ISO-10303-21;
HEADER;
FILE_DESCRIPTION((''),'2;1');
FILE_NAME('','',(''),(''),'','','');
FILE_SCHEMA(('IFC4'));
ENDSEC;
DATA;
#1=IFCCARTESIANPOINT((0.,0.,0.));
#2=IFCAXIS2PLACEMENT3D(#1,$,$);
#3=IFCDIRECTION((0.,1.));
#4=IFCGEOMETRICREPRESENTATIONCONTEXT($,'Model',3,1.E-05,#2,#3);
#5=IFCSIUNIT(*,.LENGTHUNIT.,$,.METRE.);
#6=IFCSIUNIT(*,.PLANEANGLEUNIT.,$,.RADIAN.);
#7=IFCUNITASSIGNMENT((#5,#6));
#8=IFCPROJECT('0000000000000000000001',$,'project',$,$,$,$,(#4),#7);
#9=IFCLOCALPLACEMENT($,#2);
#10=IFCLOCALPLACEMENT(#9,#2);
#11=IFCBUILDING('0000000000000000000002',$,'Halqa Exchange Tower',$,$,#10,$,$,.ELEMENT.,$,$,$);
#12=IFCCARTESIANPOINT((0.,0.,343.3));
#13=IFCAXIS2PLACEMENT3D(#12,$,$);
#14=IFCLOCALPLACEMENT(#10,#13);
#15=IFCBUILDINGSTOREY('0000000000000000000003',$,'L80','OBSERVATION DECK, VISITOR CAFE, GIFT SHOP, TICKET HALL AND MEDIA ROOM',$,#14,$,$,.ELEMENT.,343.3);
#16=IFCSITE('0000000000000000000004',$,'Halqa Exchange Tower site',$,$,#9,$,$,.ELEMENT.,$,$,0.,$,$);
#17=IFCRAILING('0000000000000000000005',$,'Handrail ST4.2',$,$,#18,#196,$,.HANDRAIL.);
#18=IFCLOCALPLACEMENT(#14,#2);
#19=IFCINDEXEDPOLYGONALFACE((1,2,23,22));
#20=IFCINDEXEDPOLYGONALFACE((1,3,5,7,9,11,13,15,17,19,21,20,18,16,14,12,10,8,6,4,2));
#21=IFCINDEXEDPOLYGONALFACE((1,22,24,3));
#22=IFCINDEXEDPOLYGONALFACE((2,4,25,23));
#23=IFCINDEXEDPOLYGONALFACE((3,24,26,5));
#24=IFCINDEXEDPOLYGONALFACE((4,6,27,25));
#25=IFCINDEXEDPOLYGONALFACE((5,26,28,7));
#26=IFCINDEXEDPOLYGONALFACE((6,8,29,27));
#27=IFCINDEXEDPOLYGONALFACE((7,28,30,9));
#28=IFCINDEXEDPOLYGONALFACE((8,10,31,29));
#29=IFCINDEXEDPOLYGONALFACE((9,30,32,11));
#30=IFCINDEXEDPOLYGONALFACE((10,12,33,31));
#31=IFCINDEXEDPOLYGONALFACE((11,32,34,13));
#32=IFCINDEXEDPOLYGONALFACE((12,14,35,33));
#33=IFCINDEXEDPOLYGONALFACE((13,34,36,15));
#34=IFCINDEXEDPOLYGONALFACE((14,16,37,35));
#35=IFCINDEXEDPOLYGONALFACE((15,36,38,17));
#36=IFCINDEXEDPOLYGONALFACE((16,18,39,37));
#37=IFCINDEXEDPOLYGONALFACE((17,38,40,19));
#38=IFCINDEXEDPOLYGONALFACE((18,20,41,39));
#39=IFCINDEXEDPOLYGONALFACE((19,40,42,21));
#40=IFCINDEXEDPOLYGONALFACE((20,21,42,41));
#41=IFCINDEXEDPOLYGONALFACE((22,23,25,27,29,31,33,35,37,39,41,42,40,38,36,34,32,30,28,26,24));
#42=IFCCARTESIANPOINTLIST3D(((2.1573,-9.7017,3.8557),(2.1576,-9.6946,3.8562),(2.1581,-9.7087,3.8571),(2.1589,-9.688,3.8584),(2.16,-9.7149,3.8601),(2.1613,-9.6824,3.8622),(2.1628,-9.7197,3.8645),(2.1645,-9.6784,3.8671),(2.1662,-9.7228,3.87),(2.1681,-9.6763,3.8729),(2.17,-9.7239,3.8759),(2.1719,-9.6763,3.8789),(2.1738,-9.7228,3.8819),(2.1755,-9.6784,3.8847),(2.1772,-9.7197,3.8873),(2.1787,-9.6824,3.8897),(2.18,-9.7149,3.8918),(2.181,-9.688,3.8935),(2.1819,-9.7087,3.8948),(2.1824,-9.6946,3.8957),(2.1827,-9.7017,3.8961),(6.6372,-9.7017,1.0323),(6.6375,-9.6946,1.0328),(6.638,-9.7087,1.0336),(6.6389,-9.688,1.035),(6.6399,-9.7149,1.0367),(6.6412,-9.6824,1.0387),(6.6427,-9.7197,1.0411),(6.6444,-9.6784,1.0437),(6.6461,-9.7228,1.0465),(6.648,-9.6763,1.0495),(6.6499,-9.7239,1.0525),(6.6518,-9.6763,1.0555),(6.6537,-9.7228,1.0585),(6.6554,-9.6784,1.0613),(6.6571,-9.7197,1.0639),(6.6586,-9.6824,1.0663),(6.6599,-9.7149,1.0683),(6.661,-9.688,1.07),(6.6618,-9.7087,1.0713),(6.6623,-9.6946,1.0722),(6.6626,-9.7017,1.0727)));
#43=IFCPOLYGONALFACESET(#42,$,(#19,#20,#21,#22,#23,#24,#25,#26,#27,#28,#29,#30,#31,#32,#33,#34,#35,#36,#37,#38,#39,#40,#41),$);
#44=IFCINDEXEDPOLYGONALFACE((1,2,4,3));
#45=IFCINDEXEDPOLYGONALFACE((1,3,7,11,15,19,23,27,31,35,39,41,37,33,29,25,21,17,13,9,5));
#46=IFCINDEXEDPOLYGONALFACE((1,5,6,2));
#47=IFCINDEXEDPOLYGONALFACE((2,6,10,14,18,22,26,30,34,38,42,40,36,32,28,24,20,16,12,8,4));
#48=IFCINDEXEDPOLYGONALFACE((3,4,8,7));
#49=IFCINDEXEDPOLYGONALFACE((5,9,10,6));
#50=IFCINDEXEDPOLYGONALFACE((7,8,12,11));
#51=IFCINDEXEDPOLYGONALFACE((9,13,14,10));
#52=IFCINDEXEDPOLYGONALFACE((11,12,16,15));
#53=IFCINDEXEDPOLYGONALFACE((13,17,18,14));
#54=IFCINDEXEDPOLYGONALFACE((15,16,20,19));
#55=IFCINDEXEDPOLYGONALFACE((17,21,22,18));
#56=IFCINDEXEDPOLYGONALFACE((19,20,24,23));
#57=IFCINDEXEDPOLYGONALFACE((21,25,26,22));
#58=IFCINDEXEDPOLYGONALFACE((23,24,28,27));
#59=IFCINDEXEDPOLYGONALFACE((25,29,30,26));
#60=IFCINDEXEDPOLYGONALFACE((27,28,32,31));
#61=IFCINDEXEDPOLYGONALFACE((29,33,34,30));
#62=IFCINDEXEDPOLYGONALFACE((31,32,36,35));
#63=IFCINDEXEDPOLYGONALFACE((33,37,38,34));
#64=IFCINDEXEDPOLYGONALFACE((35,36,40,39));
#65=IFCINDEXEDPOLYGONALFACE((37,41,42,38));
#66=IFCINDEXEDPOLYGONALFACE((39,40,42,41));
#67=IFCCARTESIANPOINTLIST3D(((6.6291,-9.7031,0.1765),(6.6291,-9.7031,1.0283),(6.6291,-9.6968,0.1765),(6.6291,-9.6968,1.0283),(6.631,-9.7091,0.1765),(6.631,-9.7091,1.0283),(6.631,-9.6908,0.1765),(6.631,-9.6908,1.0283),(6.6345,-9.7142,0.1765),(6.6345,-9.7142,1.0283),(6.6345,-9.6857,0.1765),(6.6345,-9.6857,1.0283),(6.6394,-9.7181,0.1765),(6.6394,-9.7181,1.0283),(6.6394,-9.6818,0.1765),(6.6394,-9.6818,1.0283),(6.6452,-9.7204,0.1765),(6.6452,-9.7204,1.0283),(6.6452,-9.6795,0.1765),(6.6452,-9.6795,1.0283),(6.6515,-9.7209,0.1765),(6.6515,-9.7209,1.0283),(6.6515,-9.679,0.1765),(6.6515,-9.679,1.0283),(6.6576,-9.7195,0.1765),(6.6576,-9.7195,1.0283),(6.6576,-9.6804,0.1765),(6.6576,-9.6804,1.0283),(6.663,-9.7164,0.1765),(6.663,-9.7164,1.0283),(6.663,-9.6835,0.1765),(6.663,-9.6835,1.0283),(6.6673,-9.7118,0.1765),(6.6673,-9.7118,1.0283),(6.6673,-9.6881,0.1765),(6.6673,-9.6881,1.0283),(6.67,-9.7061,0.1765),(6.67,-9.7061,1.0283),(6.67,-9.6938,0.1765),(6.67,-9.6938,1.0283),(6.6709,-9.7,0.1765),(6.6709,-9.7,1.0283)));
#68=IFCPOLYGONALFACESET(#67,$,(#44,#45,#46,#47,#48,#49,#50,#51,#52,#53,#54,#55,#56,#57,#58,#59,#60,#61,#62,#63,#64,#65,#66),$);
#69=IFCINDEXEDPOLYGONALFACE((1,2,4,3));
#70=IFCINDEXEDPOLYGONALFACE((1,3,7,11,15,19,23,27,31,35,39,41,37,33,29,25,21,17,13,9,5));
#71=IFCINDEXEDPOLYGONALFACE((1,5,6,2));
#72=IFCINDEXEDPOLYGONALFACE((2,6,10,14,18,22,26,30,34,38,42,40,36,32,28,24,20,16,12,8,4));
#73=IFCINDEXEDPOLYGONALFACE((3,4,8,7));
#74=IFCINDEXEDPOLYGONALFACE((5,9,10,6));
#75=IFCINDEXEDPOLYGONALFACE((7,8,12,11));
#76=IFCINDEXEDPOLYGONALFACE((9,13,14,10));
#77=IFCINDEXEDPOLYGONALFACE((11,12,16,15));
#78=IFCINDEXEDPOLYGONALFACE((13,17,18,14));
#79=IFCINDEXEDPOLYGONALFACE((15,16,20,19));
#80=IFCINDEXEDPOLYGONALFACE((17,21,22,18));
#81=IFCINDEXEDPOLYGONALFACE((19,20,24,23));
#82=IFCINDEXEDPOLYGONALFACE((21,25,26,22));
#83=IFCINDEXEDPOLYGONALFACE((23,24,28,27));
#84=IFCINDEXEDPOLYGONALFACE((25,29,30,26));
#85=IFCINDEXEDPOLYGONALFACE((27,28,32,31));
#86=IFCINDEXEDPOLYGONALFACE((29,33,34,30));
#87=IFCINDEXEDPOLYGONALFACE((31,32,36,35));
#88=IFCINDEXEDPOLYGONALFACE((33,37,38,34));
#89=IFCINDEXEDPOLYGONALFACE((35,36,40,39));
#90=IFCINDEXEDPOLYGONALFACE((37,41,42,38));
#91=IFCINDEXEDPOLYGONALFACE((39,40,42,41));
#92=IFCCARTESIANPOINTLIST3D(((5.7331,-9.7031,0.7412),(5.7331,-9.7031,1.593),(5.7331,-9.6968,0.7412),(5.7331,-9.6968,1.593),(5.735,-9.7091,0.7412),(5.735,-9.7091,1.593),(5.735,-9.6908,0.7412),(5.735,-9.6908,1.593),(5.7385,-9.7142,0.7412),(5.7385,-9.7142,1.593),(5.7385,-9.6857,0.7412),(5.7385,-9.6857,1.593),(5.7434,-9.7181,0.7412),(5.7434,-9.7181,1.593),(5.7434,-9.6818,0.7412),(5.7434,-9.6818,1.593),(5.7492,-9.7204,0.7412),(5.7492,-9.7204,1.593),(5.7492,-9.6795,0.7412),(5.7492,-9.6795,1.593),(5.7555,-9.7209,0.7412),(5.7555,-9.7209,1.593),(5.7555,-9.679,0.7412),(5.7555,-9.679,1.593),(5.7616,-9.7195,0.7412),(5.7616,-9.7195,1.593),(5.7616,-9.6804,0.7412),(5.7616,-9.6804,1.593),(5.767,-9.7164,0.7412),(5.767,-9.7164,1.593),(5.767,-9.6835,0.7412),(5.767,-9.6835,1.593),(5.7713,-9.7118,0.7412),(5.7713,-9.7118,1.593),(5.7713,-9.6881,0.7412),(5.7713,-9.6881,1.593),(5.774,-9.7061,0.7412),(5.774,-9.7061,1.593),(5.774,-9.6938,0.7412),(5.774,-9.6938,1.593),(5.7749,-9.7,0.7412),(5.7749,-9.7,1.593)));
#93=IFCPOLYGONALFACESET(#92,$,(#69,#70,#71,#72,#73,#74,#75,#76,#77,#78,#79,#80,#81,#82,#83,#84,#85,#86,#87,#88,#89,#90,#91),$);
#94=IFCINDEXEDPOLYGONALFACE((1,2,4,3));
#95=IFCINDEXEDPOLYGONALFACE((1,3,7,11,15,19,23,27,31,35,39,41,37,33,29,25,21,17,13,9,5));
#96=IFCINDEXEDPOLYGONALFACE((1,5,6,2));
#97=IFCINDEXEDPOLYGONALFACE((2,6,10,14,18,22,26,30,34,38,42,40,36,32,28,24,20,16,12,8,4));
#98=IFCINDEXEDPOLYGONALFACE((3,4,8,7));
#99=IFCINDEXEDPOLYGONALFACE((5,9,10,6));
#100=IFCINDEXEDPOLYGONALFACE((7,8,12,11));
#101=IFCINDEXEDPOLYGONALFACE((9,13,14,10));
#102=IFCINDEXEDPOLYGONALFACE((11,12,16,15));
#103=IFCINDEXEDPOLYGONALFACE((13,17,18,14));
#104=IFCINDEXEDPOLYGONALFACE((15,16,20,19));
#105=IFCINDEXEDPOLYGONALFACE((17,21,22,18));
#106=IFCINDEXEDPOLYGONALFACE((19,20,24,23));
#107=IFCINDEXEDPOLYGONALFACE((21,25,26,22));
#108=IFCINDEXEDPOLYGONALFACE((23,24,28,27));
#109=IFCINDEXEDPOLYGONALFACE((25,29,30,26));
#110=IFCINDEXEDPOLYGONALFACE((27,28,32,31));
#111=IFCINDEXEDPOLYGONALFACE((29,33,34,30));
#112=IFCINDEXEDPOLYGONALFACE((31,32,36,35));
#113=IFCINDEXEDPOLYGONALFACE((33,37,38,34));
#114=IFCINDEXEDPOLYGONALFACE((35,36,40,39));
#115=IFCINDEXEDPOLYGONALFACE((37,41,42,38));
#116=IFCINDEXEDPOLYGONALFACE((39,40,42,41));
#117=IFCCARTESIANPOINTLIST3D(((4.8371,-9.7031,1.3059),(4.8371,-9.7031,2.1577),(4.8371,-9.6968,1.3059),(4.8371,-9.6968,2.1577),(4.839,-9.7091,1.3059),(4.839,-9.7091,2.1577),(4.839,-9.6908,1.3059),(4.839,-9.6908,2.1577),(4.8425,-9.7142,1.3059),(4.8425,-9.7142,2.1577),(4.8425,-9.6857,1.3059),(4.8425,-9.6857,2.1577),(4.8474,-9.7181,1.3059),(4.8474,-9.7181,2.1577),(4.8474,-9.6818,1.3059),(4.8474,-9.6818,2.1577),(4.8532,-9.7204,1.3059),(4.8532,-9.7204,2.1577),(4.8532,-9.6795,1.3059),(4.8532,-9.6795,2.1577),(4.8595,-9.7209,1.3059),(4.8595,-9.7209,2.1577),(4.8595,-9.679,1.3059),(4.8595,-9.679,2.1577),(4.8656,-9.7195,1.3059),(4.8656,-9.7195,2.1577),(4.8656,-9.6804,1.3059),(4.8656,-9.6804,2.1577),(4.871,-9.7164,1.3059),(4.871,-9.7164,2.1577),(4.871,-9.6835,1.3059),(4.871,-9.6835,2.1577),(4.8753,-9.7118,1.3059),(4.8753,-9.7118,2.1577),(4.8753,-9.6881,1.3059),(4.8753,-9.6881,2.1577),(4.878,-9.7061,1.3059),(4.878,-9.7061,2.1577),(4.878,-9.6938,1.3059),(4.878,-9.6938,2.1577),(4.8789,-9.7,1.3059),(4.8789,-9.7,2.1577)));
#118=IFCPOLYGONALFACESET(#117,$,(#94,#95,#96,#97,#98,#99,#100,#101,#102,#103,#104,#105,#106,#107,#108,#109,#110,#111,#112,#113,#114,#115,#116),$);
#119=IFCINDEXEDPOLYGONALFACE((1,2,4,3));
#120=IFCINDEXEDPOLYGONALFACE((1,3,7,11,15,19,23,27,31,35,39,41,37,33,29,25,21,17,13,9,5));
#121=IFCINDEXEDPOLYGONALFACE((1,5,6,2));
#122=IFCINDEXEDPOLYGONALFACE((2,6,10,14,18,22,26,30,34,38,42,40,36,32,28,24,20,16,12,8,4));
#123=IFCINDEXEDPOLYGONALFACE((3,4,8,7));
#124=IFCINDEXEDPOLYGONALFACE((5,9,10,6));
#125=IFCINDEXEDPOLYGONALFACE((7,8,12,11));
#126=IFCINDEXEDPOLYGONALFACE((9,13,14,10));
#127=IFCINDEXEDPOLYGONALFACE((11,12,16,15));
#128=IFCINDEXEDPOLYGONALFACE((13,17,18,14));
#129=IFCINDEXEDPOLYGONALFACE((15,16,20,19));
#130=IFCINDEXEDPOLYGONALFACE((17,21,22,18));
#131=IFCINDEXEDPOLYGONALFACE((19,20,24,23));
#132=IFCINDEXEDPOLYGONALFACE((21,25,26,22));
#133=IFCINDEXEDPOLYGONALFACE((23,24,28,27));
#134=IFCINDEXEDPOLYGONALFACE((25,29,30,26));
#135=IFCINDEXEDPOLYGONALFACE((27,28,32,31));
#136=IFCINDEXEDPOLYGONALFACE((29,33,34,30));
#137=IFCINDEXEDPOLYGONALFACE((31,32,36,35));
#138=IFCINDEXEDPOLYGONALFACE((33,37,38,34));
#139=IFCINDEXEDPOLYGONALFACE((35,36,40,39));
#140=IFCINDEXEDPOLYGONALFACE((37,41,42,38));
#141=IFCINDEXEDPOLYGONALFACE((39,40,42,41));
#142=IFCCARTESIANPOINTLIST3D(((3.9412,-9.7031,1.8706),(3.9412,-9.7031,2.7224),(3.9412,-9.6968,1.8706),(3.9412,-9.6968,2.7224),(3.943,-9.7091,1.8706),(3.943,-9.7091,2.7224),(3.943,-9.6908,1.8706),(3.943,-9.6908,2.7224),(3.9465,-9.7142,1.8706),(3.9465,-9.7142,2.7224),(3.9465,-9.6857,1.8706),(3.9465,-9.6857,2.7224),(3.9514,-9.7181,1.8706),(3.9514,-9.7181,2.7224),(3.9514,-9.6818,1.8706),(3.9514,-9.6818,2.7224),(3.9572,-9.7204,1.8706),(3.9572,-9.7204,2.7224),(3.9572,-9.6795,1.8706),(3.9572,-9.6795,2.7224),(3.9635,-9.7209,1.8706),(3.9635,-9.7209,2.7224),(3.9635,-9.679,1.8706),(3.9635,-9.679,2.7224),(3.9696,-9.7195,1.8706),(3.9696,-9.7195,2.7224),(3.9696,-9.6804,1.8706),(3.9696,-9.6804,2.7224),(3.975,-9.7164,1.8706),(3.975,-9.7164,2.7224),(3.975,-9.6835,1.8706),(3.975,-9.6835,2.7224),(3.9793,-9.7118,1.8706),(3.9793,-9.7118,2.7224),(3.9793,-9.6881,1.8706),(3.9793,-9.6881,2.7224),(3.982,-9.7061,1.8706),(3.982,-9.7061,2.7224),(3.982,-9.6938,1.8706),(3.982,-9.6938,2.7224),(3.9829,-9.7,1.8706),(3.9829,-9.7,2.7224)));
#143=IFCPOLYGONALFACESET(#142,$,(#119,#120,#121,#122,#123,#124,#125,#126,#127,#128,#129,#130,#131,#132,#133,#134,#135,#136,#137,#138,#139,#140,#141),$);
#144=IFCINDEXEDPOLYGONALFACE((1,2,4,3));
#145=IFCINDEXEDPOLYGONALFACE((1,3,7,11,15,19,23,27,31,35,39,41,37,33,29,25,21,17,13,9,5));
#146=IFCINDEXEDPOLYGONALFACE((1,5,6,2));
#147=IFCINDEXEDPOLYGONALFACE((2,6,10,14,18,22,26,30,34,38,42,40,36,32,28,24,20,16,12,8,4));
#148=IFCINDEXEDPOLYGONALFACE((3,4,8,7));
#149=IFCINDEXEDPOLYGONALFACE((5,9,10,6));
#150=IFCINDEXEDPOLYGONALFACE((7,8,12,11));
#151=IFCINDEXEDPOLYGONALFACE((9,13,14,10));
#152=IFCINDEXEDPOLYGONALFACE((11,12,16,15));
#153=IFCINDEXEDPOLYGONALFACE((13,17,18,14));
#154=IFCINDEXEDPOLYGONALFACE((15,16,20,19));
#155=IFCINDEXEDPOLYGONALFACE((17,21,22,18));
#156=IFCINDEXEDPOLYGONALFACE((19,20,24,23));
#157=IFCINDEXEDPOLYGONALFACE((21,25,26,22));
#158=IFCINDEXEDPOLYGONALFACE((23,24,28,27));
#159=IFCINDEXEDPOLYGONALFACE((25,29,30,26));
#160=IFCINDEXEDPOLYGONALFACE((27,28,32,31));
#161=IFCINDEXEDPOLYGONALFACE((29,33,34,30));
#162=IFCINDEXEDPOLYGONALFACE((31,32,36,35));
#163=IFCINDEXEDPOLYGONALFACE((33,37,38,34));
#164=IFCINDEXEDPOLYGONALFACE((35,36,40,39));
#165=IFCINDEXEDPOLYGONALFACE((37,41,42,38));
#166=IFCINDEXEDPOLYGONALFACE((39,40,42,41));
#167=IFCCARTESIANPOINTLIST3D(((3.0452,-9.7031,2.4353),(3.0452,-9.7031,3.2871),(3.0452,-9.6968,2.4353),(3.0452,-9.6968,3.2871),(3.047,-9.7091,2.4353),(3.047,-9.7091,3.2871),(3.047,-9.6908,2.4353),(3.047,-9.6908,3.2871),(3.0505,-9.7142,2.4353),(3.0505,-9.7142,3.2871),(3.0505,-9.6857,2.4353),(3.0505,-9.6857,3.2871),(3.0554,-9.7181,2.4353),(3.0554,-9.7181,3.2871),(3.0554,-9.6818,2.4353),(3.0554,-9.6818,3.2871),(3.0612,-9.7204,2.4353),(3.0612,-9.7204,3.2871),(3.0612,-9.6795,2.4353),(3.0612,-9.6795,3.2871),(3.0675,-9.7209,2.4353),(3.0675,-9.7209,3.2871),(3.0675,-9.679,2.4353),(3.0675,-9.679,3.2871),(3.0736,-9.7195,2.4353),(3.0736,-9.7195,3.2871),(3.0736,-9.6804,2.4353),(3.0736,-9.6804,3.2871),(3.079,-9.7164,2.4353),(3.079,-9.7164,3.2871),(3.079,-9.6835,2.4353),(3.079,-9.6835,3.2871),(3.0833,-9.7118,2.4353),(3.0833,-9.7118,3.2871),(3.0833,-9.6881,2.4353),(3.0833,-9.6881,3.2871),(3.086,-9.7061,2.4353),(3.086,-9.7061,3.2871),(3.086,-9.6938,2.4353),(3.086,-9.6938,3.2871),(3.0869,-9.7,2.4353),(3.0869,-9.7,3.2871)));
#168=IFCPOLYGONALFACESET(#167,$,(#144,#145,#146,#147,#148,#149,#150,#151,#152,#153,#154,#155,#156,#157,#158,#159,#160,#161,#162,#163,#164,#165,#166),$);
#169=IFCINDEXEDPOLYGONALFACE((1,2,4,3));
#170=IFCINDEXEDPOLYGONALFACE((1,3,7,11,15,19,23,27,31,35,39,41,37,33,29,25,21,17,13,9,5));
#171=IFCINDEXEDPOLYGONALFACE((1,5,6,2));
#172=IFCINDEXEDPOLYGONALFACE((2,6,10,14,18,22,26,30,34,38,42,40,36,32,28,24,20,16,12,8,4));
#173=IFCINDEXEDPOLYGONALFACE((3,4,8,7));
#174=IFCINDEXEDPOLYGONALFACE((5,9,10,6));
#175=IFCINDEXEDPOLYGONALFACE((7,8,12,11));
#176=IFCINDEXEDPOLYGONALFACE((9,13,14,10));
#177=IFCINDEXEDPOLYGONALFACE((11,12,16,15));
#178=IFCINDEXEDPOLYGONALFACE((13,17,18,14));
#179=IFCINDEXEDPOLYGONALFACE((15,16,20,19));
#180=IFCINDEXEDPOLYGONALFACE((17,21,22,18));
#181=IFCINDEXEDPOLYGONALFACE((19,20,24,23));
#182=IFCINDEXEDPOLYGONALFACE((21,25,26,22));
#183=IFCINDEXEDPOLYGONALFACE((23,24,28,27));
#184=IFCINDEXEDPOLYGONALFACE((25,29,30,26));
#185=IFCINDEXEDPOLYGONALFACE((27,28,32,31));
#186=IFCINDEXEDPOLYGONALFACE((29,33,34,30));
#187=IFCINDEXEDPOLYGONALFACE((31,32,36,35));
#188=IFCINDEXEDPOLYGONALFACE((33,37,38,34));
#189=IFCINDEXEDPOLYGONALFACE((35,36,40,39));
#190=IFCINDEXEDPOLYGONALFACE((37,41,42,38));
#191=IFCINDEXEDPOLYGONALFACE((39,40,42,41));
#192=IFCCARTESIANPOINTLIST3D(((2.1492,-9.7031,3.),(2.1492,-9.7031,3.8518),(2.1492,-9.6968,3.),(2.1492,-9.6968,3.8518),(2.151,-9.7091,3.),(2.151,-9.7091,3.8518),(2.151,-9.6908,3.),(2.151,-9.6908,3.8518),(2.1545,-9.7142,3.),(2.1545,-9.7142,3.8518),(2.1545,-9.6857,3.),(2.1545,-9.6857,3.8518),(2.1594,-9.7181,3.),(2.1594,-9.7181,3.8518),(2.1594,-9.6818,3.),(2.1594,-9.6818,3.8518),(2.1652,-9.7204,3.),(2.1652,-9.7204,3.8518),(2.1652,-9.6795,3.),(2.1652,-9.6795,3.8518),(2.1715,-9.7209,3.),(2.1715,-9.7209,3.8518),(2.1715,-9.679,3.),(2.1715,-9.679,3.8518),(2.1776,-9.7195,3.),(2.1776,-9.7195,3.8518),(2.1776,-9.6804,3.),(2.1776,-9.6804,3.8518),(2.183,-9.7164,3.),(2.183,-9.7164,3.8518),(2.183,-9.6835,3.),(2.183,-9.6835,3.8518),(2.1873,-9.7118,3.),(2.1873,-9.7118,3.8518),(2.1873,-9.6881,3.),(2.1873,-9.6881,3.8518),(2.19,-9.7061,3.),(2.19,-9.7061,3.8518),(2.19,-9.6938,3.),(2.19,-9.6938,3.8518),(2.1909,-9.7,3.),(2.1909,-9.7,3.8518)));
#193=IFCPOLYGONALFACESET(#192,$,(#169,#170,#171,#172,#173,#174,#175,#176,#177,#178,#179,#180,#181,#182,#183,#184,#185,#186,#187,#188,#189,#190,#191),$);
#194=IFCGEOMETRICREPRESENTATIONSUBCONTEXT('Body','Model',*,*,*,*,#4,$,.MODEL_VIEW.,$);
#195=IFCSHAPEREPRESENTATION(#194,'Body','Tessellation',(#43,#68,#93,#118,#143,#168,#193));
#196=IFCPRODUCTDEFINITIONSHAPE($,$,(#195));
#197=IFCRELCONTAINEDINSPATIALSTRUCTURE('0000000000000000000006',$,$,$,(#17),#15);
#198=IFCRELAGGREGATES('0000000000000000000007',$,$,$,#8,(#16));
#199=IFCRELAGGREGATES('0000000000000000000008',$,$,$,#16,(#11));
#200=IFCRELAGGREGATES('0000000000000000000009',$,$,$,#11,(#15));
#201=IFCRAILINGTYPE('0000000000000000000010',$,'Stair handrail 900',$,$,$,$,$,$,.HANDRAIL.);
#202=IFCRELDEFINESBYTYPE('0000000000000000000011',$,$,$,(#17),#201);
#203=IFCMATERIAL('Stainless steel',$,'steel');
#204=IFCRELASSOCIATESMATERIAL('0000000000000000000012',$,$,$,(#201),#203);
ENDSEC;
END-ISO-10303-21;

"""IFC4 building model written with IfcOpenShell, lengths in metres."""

from ifc_helpers import new_model, si_unit, direction, frame, origin, origin_2d, place, context, subcontext, project, spatial, circle, extrude, material, type_object, element, save


model = new_model("IFC4")

# Units and contexts
model_context = context("Model", 3, precision=1e-05, world=origin(), true_north=direction((0.0, 1.0)))
body_context = subcontext(model_context, "Body", "Model", "MODEL_VIEW")
ifc_project = project(units=[si_unit("LENGTHUNIT", "METRE"), si_unit("PLANEANGLEUNIT", "RADIAN")], contexts=[model_context])

# Site, building, storey
site_placement = place(None, origin())
site = spatial("IfcSite", under=ifc_project, at=site_placement, Name="Halqa Exchange Tower site", CompositionType="ELEMENT", RefElevation=0.0)
building_placement = place(site_placement, origin())
building = spatial("IfcBuilding", under=site, at=building_placement, Name="Halqa Exchange Tower", CompositionType="ELEMENT")
storey_placement = place(building_placement, frame((0.0, 0.0, 343.3)))
storey = spatial("IfcBuildingStorey", under=building, at=storey_placement, Name="L80", Description="OBSERVATION DECK, VISITOR CAFE, GIFT SHOP, TICKET HALL AND MEDIA ROOM", CompositionType="ELEMENT", Elevation=343.3)

# Railing
ifc_material_1 = material(Name="Stainless steel", Category="steel")
railing_type_1 = type_object("IfcRailingType", Name="Stair handrail 900", PredefinedType="HANDRAIL", material=ifc_material_1)
railing_1_placement = place(storey_placement, frame((6.6499, -9.7, 0.1765)))
element("IfcRailing", 1, at=railing_1_placement, inside=storey, type_object=railing_type_1, Name="Handrail ST4.2", PredefinedType="HANDRAIL", context=body_context, shape_type="SweptSolid", body=[
    extrude(circle(Radius=0.0239, at=origin_2d()), frame((0.0, 0.0, 0.876), z_axis=(-0.845998, 0.0, 0.533186), x_axis=(0.0, -1.0, 0.0)), (0.0, 0.0, 1.0), 5.2954),
    extrude(circle(Radius=0.021, at=origin_2d()), origin(), (0.0, 0.0, 1.0), 0.8518),
    extrude(circle(Radius=0.021, at=origin_2d()), frame((-0.896, 0.0, 0.5647)), (0.0, 0.0, 1.0), 0.8518),
    extrude(circle(Radius=0.021, at=origin_2d()), frame((-1.792, 0.0, 1.1294)), (0.0, 0.0, 1.0), 0.8518),
    extrude(circle(Radius=0.021, at=origin_2d()), frame((-2.688, 0.0, 1.6941)), (0.0, 0.0, 1.0), 0.8518),
    extrude(circle(Radius=0.021, at=origin_2d()), frame((-3.584, 0.0, 2.2588)), (0.0, 0.0, 1.0), 0.8518),
    extrude(circle(Radius=0.021, at=origin_2d()), frame((-4.48, 0.0, 2.8235)), (0.0, 0.0, 1.0), 0.8518),
])

save(model, "model.ifc")
